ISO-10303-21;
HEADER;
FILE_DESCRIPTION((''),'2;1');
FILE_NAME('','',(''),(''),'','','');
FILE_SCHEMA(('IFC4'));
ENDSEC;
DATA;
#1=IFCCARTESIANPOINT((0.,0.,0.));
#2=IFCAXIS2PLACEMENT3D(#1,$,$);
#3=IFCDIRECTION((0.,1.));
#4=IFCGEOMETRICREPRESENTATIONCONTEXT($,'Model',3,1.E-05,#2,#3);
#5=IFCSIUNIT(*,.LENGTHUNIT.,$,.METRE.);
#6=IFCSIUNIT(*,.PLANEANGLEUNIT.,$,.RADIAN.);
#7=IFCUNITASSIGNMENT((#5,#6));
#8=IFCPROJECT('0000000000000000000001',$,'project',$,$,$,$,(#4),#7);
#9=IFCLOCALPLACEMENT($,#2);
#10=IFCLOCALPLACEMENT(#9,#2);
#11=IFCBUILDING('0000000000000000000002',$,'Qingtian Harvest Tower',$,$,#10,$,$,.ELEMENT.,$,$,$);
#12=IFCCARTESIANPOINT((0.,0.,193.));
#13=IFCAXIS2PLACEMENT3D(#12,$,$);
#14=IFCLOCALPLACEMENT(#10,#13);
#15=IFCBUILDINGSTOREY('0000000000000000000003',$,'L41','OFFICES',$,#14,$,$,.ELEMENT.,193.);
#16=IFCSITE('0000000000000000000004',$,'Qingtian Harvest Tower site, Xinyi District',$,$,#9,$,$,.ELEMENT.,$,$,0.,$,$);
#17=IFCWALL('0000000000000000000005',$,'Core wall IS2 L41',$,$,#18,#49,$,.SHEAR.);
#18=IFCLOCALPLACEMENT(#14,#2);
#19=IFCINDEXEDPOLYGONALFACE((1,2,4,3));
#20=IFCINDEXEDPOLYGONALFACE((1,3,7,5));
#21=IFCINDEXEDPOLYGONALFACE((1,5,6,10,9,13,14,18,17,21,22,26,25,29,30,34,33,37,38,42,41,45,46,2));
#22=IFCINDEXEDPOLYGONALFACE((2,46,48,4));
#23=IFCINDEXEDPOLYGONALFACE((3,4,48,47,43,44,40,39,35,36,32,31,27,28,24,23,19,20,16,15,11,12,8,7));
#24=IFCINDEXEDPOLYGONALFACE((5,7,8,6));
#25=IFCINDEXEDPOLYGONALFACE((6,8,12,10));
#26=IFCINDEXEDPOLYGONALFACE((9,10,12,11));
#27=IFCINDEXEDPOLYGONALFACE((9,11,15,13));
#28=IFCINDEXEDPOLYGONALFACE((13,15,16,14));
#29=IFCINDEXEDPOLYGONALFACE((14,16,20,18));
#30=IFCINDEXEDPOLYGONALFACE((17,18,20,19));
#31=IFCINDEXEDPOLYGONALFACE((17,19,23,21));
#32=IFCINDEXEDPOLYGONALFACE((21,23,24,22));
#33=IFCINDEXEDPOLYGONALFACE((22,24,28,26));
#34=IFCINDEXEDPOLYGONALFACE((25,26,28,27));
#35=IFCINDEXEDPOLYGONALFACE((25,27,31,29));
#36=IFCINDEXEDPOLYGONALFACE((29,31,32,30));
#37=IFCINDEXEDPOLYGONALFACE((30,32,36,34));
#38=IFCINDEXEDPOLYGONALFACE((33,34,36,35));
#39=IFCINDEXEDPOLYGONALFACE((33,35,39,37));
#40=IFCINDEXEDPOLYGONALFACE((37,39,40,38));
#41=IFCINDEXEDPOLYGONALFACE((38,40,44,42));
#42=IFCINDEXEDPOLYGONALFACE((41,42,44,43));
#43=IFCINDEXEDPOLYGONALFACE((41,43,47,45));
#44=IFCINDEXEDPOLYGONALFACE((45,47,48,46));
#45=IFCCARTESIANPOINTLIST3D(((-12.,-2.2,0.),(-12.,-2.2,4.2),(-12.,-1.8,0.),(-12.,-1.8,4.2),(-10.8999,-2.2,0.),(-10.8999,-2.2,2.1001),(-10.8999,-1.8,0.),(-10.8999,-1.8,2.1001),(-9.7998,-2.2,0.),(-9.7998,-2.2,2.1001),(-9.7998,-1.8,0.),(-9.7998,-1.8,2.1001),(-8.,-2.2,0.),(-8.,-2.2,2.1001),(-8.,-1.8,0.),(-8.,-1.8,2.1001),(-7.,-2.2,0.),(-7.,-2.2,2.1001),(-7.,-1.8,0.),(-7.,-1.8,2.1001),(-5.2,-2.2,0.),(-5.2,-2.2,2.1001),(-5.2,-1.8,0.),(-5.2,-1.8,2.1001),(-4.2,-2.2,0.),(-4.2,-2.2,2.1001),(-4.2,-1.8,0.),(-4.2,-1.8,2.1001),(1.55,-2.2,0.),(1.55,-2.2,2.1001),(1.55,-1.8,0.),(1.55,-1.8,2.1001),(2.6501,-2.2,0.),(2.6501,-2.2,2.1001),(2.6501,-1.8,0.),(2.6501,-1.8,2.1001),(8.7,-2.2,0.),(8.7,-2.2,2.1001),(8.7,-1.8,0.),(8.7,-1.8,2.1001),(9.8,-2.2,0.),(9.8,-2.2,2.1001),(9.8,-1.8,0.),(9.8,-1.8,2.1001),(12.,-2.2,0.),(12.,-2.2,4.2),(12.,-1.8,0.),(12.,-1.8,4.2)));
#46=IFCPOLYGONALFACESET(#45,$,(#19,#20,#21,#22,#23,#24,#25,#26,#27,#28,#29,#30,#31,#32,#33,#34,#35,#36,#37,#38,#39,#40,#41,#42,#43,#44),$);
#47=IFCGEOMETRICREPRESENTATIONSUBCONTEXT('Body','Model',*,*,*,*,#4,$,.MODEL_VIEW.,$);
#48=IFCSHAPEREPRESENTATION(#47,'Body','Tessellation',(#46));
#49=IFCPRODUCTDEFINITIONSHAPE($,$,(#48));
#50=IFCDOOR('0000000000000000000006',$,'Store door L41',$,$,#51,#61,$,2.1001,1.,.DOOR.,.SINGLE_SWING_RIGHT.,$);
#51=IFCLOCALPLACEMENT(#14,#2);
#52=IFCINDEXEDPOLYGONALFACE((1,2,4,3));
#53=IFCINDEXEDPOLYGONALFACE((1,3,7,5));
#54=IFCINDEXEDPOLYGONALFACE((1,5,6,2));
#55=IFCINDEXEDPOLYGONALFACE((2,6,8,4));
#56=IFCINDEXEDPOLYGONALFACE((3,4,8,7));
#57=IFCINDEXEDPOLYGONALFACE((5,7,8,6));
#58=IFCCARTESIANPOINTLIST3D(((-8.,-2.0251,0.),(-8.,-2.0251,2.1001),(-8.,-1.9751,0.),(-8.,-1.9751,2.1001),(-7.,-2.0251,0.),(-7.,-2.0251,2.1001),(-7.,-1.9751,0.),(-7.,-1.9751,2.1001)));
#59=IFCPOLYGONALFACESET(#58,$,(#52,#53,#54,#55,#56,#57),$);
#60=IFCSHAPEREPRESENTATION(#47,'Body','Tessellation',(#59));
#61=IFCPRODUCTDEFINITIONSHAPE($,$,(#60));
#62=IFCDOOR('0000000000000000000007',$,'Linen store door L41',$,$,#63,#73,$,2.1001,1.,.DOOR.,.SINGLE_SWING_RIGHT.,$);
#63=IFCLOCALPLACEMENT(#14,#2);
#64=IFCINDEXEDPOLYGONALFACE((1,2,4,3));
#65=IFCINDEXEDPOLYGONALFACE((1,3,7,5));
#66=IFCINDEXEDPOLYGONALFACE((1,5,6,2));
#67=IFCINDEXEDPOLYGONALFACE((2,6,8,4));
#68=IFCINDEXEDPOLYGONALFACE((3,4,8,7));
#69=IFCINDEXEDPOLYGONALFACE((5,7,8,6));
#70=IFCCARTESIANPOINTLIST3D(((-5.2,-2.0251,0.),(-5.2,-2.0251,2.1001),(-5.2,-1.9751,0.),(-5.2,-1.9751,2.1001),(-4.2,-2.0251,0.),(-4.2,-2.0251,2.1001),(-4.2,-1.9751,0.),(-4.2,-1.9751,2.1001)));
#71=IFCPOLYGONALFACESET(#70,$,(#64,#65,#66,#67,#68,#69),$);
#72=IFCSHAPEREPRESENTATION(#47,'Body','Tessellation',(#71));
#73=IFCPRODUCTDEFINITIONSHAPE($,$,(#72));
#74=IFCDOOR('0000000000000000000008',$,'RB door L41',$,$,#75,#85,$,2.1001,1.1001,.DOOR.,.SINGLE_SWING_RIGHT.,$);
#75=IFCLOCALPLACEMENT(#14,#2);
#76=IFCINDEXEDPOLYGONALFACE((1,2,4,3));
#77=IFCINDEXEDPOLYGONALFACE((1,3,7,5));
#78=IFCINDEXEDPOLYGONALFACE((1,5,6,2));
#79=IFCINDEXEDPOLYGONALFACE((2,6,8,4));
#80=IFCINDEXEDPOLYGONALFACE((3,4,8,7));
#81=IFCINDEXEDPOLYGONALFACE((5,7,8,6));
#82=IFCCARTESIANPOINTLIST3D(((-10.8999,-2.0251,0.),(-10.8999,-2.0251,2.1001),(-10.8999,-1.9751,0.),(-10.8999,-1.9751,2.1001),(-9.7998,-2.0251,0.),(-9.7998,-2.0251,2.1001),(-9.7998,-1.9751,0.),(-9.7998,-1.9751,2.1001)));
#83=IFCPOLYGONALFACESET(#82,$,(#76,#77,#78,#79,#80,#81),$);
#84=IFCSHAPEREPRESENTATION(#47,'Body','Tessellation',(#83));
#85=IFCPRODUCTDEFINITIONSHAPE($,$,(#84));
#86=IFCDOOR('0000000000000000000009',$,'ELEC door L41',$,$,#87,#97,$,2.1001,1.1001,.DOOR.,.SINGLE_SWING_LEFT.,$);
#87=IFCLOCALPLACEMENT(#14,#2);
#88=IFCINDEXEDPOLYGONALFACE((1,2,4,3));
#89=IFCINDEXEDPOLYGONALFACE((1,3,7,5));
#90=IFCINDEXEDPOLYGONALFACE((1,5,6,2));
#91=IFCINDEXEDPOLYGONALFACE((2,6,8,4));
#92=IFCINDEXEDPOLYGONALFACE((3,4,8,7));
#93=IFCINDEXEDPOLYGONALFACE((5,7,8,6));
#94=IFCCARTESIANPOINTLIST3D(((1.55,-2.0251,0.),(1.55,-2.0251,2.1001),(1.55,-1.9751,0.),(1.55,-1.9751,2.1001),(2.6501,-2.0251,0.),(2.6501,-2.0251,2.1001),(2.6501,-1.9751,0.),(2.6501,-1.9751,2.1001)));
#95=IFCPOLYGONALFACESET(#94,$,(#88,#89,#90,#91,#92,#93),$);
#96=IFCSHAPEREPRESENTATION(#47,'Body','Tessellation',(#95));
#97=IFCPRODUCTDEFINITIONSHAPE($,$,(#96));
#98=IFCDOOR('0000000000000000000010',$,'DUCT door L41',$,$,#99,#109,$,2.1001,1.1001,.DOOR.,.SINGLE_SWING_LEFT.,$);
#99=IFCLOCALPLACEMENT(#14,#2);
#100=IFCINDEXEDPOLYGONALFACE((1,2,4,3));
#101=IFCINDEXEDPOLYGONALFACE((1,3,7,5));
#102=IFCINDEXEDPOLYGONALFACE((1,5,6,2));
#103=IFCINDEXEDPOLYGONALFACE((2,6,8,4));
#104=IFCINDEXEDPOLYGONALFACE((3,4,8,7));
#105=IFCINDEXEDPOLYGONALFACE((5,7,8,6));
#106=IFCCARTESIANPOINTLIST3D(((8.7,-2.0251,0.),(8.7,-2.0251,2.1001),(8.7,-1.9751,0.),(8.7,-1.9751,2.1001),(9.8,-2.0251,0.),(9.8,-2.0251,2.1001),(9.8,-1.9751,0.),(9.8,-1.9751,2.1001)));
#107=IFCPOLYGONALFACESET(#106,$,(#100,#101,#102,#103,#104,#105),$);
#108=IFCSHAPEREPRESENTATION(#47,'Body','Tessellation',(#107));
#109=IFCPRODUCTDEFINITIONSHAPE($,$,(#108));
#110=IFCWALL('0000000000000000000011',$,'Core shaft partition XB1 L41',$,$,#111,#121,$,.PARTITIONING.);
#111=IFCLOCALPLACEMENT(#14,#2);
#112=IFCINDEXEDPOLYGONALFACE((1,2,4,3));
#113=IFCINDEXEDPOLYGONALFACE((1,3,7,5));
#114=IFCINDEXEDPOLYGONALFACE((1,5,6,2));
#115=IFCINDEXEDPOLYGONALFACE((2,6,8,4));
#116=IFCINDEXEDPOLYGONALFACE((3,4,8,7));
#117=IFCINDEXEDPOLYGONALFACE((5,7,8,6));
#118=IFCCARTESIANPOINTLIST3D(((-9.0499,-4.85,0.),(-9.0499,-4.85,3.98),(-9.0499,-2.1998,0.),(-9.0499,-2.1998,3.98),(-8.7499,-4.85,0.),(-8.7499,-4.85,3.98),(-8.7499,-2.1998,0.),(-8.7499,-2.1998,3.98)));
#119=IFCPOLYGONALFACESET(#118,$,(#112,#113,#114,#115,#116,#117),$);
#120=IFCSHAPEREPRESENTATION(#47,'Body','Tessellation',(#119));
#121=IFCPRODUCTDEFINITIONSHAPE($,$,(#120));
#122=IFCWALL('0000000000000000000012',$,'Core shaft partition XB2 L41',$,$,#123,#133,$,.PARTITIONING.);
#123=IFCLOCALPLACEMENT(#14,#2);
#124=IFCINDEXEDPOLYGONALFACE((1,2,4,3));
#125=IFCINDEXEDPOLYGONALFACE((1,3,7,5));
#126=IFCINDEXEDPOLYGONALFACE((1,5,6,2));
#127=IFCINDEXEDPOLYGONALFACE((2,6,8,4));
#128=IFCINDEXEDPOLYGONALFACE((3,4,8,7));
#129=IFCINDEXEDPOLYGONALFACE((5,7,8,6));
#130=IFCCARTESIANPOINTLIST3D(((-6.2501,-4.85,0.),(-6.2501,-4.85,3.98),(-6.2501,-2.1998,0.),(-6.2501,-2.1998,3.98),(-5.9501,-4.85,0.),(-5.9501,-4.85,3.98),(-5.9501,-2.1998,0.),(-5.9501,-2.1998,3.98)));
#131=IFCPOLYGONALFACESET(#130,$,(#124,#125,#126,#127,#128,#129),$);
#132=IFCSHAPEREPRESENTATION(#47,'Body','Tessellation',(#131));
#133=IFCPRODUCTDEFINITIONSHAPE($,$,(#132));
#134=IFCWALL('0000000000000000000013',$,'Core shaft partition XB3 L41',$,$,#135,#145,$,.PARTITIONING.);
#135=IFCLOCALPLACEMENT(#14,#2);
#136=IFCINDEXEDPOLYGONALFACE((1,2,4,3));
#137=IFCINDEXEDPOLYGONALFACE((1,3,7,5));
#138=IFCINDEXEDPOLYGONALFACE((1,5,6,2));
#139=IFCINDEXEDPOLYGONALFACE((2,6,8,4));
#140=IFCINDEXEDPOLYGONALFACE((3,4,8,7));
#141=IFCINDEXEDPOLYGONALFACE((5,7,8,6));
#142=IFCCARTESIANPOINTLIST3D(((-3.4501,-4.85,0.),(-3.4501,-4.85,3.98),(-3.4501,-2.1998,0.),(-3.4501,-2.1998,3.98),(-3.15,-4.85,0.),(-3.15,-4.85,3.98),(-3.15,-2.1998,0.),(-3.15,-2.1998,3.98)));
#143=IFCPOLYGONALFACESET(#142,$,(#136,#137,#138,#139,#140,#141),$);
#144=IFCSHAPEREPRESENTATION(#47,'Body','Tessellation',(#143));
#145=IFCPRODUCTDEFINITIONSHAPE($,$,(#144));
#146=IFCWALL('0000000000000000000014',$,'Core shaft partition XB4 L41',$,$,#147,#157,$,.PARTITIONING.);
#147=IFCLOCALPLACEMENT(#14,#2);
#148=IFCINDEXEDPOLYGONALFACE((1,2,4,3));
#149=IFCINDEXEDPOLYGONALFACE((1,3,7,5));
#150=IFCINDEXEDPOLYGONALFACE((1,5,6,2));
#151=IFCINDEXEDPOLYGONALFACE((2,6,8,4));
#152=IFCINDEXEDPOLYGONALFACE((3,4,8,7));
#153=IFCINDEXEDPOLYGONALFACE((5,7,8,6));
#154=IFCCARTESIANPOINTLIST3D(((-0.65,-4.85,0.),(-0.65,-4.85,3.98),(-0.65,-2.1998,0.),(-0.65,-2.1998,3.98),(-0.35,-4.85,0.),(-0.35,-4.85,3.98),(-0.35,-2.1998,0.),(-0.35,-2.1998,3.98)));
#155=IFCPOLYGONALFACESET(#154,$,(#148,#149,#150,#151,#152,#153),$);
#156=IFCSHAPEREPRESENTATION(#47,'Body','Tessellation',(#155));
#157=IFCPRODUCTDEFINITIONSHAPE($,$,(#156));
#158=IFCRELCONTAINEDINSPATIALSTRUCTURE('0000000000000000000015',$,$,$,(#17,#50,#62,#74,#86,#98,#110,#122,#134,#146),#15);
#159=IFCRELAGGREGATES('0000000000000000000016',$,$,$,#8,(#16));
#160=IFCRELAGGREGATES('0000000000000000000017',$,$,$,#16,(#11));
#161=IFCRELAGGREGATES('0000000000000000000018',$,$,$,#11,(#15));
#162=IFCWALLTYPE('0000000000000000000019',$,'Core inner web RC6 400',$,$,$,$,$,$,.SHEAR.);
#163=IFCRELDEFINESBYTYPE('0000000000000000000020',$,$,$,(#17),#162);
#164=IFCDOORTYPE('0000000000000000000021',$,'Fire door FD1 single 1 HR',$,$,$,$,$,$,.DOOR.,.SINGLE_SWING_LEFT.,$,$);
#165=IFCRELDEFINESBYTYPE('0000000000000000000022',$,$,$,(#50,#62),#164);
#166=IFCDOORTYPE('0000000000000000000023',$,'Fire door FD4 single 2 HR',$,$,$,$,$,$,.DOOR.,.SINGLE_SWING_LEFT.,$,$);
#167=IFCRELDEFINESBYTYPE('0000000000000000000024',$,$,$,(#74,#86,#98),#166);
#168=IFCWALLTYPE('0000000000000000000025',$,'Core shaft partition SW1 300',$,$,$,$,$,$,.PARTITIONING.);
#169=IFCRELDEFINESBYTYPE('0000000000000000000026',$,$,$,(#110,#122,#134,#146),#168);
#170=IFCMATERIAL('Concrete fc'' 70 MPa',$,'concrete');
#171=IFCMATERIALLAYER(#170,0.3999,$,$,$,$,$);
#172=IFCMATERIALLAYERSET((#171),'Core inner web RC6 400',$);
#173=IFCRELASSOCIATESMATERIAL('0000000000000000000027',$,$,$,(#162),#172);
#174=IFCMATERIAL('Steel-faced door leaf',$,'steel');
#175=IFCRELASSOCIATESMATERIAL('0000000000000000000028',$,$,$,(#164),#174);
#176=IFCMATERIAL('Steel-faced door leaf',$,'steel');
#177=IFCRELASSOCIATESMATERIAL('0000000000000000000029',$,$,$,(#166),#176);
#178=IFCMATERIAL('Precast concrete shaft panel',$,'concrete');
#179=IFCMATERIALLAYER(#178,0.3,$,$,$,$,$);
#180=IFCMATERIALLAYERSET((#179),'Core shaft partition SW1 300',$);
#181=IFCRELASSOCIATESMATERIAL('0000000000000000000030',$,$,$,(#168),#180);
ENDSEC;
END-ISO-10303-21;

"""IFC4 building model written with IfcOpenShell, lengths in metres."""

from ifc_helpers import new_model, si_unit, direction, frame, frame_2d, origin, place, context, subcontext, project, spatial, rectangle, extrude, material, layer, layer_set, type_object, element, fill, save


model = new_model("IFC4")

# Units and contexts
model_context = context("Model", 3, precision=1e-05, world=origin(), true_north=direction((0.0, 1.0)))
body_context = subcontext(model_context, "Body", "Model", "MODEL_VIEW")
ifc_project = project(units=[si_unit("LENGTHUNIT", "METRE"), si_unit("PLANEANGLEUNIT", "RADIAN")], contexts=[model_context])

# Site, building, storey
site_placement = place(None, origin())
site = spatial("IfcSite", under=ifc_project, at=site_placement, Name="Qingtian Harvest Tower site, Xinyi District", CompositionType="ELEMENT", RefElevation=0.0)
building_placement = place(site_placement, origin())
building = spatial("IfcBuilding", under=site, at=building_placement, Name="Qingtian Harvest Tower", CompositionType="ELEMENT")
storey_placement = place(building_placement, frame((0.0, 0.0, 193.0)))
storey = spatial("IfcBuildingStorey", under=building, at=storey_placement, Name="L41", Description="OFFICES", CompositionType="ELEMENT", Elevation=193.0)

# Wall, openings, doors
ifc_material_1 = material(Name="Concrete fc' 70 MPa", Category="concrete")
ifc_layer_1 = layer(ifc_material_1, 0.3999)
ifc_layer_set_1 = layer_set([ifc_layer_1], Name="Core inner web RC6 400")
wall_type_1 = type_object("IfcWallType", Name="Core inner web RC6 400", PredefinedType="SHEAR", material=ifc_layer_set_1)
wall_1_placement = place(storey_placement, frame((-12.0, -2.0, 0.0), z_axis=(0.0, 0.0, 1.0), x_axis=(1.0, 0.0, 0.0)))
wall_1 = element("IfcWall", 1, at=wall_1_placement, inside=storey, type_object=wall_type_1, Name="Core wall IS2 L41", PredefinedType="SHEAR", context=body_context, shape_type="SweptSolid", body=[
    extrude(rectangle(XDim=24.0, YDim=0.3999, at=frame_2d((12.0, 0.0))), origin(), (0.0, 0.0, 1.0), 4.2),
])
opening_1_placement = place(wall_1_placement, frame((1.1001, 0.0, 0.0)))
opening_1 = element("IfcOpeningElement", 2, at=opening_1_placement, cuts=wall_1, PredefinedType="OPENING", context=body_context, shape_type="SweptSolid", body=[
    extrude(rectangle(XDim=1.1001, YDim=2.1001, at=frame_2d((0.55, 1.05))), frame((0.0, 0.21, 0.0), z_axis=(0.0, -1.0, 0.0), x_axis=(1.0, 0.0, 0.0)), (0.0, 0.0, 1.0), 0.4199),
])
opening_2_placement = place(wall_1_placement, frame((13.55, 0.0, 0.0)))
opening_2 = element("IfcOpeningElement", 3, at=opening_2_placement, cuts=wall_1, PredefinedType="OPENING", context=body_context, shape_type="SweptSolid", body=[
    extrude(rectangle(XDim=1.1001, YDim=2.1001, at=frame_2d((0.55, 1.05))), frame((0.0, 0.21, 0.0), z_axis=(0.0, -1.0, 0.0), x_axis=(1.0, 0.0, 0.0)), (0.0, 0.0, 1.0), 0.4199),
])
opening_3_placement = place(wall_1_placement, frame((20.7, 0.0, 0.0)))
opening_3 = element("IfcOpeningElement", 4, at=opening_3_placement, cuts=wall_1, PredefinedType="OPENING", context=body_context, shape_type="SweptSolid", body=[
    extrude(rectangle(XDim=1.1001, YDim=2.1001, at=frame_2d((0.55, 1.05))), frame((0.0, 0.21, 0.0), z_axis=(0.0, -1.0, 0.0), x_axis=(1.0, 0.0, 0.0)), (0.0, 0.0, 1.0), 0.4199),
])
opening_4_placement = place(wall_1_placement, frame((4.0, 0.0, 0.0)))
opening_4 = element("IfcOpeningElement", 5, at=opening_4_placement, cuts=wall_1, PredefinedType="OPENING", context=body_context, shape_type="SweptSolid", body=[
    extrude(rectangle(XDim=1.0, YDim=2.1001, at=frame_2d((0.5, 1.05))), frame((0.0, 0.21, 0.0), z_axis=(0.0, -1.0, 0.0), x_axis=(1.0, 0.0, 0.0)), (0.0, 0.0, 1.0), 0.4199),
])
opening_5_placement = place(wall_1_placement, frame((6.8, 0.0, 0.0)))
opening_5 = element("IfcOpeningElement", 6, at=opening_5_placement, cuts=wall_1, PredefinedType="OPENING", context=body_context, shape_type="SweptSolid", body=[
    extrude(rectangle(XDim=1.0, YDim=2.1001, at=frame_2d((0.5, 1.05))), frame((0.0, 0.21, 0.0), z_axis=(0.0, -1.0, 0.0), x_axis=(1.0, 0.0, 0.0)), (0.0, 0.0, 1.0), 0.4199),
])
ifc_material_2 = material(Name="Steel-faced door leaf", Category="steel")
door_type_1 = type_object("IfcDoorType", Name="Fire door FD1 single 1 HR", OperationType="SINGLE_SWING_LEFT", PredefinedType="DOOR", material=ifc_material_2)
door_1_placement = place(opening_4_placement, origin())
door_1 = element("IfcDoor", 7, at=door_1_placement, inside=storey, type_object=door_type_1, Name="Store door L41", OperationType="SINGLE_SWING_RIGHT", OverallHeight=2.1001, OverallWidth=1.0, PredefinedType="DOOR", context=body_context, shape_type="SweptSolid", body=[
    extrude(rectangle(XDim=1.0, YDim=2.1001, at=frame_2d((0.5, 1.05))), frame((0.0, 0.0249, 0.0), z_axis=(0.0, -1.0, 0.0), x_axis=(1.0, 0.0, 0.0)), (0.0, 0.0, 1.0), 0.05),
])
fill(opening_4, door_1)
door_2_placement = place(opening_5_placement, origin())
door_2 = element("IfcDoor", 8, at=door_2_placement, inside=storey, type_object=door_type_1, Name="Linen store door L41", OperationType="SINGLE_SWING_RIGHT", OverallHeight=2.1001, OverallWidth=1.0, PredefinedType="DOOR", context=body_context, shape_type="SweptSolid", body=[
    extrude(rectangle(XDim=1.0, YDim=2.1001, at=frame_2d((0.5, 1.05))), frame((0.0, 0.0249, 0.0), z_axis=(0.0, -1.0, 0.0), x_axis=(1.0, 0.0, 0.0)), (0.0, 0.0, 1.0), 0.05),
])
fill(opening_5, door_2)
ifc_material_3 = material(Name="Steel-faced door leaf", Category="steel")
door_type_2 = type_object("IfcDoorType", Name="Fire door FD4 single 2 HR", OperationType="SINGLE_SWING_LEFT", PredefinedType="DOOR", material=ifc_material_3)
door_3_placement = place(opening_1_placement, origin())
door_3 = element("IfcDoor", 9, at=door_3_placement, inside=storey, type_object=door_type_2, Name="RB door L41", OperationType="SINGLE_SWING_RIGHT", OverallHeight=2.1001, OverallWidth=1.1001, PredefinedType="DOOR", context=body_context, shape_type="SweptSolid", body=[
    extrude(rectangle(XDim=1.1001, YDim=2.1001, at=frame_2d((0.55, 1.05))), frame((0.0, 0.0249, 0.0), z_axis=(0.0, -1.0, 0.0), x_axis=(1.0, 0.0, 0.0)), (0.0, 0.0, 1.0), 0.05),
])
fill(opening_1, door_3)
door_4_placement = place(opening_2_placement, origin())
door_4 = element("IfcDoor", 10, at=door_4_placement, inside=storey, type_object=door_type_2, Name="ELEC door L41", OperationType="SINGLE_SWING_LEFT", OverallHeight=2.1001, OverallWidth=1.1001, PredefinedType="DOOR", context=body_context, shape_type="SweptSolid", body=[
    extrude(rectangle(XDim=1.1001, YDim=2.1001, at=frame_2d((0.55, 1.05))), frame((0.0, 0.0249, 0.0), z_axis=(0.0, -1.0, 0.0), x_axis=(1.0, 0.0, 0.0)), (0.0, 0.0, 1.0), 0.05),
])
fill(opening_2, door_4)
door_5_placement = place(opening_3_placement, origin())
door_5 = element("IfcDoor", 11, at=door_5_placement, inside=storey, type_object=door_type_2, Name="DUCT door L41", OperationType="SINGLE_SWING_LEFT", OverallHeight=2.1001, OverallWidth=1.1001, PredefinedType="DOOR", context=body_context, shape_type="SweptSolid", body=[
    extrude(rectangle(XDim=1.1001, YDim=2.1001, at=frame_2d((0.55, 1.05))), frame((0.0, 0.0249, 0.0), z_axis=(0.0, -1.0, 0.0), x_axis=(1.0, 0.0, 0.0)), (0.0, 0.0, 1.0), 0.05),
])
fill(opening_3, door_5)

# Walls
ifc_material_4 = material(Name="Precast concrete shaft panel", Category="concrete")
ifc_layer_2 = layer(ifc_material_4, 0.3)
ifc_layer_set_2 = layer_set([ifc_layer_2], Name="Core shaft partition SW1 300")
wall_type_2 = type_object("IfcWallType", Name="Core shaft partition SW1 300", PredefinedType="PARTITIONING", material=ifc_layer_set_2)
for number, where, z_axis, x_axis, name in (
    (12, (-8.8999, -4.8501, 0.0), (0.0, 0.0, 1.0), (0.0, 1.0, 0.0), "Core shaft partition XB1 L41"),
    (13, (-6.1001, -4.8501, 0.0), (0.0, 0.0, 1.0), (0.0, 1.0, 0.0), "Core shaft partition XB2 L41"),
    (14, (-3.3, -4.8501, 0.0), (0.0, 0.0, 1.0), (0.0, 1.0, 0.0), "Core shaft partition XB3 L41"),
    (15, (-0.5, -4.8501, 0.0), (0.0, 0.0, 1.0), (0.0, 1.0, 0.0), "Core shaft partition XB4 L41"),
):
    element("IfcWall", number, at=place(storey_placement, frame(where, z_axis=z_axis, x_axis=x_axis)), inside=storey, type_object=wall_type_2, Name=name, PredefinedType="PARTITIONING", context=body_context, shape_type="SweptSolid", body=[
        extrude(rectangle(XDim=2.6501, YDim=0.3, at=frame_2d((1.3252, 0.0))), origin(), (0.0, 0.0, 1.0), 3.98),
    ])

save(model, "model.ifc")
